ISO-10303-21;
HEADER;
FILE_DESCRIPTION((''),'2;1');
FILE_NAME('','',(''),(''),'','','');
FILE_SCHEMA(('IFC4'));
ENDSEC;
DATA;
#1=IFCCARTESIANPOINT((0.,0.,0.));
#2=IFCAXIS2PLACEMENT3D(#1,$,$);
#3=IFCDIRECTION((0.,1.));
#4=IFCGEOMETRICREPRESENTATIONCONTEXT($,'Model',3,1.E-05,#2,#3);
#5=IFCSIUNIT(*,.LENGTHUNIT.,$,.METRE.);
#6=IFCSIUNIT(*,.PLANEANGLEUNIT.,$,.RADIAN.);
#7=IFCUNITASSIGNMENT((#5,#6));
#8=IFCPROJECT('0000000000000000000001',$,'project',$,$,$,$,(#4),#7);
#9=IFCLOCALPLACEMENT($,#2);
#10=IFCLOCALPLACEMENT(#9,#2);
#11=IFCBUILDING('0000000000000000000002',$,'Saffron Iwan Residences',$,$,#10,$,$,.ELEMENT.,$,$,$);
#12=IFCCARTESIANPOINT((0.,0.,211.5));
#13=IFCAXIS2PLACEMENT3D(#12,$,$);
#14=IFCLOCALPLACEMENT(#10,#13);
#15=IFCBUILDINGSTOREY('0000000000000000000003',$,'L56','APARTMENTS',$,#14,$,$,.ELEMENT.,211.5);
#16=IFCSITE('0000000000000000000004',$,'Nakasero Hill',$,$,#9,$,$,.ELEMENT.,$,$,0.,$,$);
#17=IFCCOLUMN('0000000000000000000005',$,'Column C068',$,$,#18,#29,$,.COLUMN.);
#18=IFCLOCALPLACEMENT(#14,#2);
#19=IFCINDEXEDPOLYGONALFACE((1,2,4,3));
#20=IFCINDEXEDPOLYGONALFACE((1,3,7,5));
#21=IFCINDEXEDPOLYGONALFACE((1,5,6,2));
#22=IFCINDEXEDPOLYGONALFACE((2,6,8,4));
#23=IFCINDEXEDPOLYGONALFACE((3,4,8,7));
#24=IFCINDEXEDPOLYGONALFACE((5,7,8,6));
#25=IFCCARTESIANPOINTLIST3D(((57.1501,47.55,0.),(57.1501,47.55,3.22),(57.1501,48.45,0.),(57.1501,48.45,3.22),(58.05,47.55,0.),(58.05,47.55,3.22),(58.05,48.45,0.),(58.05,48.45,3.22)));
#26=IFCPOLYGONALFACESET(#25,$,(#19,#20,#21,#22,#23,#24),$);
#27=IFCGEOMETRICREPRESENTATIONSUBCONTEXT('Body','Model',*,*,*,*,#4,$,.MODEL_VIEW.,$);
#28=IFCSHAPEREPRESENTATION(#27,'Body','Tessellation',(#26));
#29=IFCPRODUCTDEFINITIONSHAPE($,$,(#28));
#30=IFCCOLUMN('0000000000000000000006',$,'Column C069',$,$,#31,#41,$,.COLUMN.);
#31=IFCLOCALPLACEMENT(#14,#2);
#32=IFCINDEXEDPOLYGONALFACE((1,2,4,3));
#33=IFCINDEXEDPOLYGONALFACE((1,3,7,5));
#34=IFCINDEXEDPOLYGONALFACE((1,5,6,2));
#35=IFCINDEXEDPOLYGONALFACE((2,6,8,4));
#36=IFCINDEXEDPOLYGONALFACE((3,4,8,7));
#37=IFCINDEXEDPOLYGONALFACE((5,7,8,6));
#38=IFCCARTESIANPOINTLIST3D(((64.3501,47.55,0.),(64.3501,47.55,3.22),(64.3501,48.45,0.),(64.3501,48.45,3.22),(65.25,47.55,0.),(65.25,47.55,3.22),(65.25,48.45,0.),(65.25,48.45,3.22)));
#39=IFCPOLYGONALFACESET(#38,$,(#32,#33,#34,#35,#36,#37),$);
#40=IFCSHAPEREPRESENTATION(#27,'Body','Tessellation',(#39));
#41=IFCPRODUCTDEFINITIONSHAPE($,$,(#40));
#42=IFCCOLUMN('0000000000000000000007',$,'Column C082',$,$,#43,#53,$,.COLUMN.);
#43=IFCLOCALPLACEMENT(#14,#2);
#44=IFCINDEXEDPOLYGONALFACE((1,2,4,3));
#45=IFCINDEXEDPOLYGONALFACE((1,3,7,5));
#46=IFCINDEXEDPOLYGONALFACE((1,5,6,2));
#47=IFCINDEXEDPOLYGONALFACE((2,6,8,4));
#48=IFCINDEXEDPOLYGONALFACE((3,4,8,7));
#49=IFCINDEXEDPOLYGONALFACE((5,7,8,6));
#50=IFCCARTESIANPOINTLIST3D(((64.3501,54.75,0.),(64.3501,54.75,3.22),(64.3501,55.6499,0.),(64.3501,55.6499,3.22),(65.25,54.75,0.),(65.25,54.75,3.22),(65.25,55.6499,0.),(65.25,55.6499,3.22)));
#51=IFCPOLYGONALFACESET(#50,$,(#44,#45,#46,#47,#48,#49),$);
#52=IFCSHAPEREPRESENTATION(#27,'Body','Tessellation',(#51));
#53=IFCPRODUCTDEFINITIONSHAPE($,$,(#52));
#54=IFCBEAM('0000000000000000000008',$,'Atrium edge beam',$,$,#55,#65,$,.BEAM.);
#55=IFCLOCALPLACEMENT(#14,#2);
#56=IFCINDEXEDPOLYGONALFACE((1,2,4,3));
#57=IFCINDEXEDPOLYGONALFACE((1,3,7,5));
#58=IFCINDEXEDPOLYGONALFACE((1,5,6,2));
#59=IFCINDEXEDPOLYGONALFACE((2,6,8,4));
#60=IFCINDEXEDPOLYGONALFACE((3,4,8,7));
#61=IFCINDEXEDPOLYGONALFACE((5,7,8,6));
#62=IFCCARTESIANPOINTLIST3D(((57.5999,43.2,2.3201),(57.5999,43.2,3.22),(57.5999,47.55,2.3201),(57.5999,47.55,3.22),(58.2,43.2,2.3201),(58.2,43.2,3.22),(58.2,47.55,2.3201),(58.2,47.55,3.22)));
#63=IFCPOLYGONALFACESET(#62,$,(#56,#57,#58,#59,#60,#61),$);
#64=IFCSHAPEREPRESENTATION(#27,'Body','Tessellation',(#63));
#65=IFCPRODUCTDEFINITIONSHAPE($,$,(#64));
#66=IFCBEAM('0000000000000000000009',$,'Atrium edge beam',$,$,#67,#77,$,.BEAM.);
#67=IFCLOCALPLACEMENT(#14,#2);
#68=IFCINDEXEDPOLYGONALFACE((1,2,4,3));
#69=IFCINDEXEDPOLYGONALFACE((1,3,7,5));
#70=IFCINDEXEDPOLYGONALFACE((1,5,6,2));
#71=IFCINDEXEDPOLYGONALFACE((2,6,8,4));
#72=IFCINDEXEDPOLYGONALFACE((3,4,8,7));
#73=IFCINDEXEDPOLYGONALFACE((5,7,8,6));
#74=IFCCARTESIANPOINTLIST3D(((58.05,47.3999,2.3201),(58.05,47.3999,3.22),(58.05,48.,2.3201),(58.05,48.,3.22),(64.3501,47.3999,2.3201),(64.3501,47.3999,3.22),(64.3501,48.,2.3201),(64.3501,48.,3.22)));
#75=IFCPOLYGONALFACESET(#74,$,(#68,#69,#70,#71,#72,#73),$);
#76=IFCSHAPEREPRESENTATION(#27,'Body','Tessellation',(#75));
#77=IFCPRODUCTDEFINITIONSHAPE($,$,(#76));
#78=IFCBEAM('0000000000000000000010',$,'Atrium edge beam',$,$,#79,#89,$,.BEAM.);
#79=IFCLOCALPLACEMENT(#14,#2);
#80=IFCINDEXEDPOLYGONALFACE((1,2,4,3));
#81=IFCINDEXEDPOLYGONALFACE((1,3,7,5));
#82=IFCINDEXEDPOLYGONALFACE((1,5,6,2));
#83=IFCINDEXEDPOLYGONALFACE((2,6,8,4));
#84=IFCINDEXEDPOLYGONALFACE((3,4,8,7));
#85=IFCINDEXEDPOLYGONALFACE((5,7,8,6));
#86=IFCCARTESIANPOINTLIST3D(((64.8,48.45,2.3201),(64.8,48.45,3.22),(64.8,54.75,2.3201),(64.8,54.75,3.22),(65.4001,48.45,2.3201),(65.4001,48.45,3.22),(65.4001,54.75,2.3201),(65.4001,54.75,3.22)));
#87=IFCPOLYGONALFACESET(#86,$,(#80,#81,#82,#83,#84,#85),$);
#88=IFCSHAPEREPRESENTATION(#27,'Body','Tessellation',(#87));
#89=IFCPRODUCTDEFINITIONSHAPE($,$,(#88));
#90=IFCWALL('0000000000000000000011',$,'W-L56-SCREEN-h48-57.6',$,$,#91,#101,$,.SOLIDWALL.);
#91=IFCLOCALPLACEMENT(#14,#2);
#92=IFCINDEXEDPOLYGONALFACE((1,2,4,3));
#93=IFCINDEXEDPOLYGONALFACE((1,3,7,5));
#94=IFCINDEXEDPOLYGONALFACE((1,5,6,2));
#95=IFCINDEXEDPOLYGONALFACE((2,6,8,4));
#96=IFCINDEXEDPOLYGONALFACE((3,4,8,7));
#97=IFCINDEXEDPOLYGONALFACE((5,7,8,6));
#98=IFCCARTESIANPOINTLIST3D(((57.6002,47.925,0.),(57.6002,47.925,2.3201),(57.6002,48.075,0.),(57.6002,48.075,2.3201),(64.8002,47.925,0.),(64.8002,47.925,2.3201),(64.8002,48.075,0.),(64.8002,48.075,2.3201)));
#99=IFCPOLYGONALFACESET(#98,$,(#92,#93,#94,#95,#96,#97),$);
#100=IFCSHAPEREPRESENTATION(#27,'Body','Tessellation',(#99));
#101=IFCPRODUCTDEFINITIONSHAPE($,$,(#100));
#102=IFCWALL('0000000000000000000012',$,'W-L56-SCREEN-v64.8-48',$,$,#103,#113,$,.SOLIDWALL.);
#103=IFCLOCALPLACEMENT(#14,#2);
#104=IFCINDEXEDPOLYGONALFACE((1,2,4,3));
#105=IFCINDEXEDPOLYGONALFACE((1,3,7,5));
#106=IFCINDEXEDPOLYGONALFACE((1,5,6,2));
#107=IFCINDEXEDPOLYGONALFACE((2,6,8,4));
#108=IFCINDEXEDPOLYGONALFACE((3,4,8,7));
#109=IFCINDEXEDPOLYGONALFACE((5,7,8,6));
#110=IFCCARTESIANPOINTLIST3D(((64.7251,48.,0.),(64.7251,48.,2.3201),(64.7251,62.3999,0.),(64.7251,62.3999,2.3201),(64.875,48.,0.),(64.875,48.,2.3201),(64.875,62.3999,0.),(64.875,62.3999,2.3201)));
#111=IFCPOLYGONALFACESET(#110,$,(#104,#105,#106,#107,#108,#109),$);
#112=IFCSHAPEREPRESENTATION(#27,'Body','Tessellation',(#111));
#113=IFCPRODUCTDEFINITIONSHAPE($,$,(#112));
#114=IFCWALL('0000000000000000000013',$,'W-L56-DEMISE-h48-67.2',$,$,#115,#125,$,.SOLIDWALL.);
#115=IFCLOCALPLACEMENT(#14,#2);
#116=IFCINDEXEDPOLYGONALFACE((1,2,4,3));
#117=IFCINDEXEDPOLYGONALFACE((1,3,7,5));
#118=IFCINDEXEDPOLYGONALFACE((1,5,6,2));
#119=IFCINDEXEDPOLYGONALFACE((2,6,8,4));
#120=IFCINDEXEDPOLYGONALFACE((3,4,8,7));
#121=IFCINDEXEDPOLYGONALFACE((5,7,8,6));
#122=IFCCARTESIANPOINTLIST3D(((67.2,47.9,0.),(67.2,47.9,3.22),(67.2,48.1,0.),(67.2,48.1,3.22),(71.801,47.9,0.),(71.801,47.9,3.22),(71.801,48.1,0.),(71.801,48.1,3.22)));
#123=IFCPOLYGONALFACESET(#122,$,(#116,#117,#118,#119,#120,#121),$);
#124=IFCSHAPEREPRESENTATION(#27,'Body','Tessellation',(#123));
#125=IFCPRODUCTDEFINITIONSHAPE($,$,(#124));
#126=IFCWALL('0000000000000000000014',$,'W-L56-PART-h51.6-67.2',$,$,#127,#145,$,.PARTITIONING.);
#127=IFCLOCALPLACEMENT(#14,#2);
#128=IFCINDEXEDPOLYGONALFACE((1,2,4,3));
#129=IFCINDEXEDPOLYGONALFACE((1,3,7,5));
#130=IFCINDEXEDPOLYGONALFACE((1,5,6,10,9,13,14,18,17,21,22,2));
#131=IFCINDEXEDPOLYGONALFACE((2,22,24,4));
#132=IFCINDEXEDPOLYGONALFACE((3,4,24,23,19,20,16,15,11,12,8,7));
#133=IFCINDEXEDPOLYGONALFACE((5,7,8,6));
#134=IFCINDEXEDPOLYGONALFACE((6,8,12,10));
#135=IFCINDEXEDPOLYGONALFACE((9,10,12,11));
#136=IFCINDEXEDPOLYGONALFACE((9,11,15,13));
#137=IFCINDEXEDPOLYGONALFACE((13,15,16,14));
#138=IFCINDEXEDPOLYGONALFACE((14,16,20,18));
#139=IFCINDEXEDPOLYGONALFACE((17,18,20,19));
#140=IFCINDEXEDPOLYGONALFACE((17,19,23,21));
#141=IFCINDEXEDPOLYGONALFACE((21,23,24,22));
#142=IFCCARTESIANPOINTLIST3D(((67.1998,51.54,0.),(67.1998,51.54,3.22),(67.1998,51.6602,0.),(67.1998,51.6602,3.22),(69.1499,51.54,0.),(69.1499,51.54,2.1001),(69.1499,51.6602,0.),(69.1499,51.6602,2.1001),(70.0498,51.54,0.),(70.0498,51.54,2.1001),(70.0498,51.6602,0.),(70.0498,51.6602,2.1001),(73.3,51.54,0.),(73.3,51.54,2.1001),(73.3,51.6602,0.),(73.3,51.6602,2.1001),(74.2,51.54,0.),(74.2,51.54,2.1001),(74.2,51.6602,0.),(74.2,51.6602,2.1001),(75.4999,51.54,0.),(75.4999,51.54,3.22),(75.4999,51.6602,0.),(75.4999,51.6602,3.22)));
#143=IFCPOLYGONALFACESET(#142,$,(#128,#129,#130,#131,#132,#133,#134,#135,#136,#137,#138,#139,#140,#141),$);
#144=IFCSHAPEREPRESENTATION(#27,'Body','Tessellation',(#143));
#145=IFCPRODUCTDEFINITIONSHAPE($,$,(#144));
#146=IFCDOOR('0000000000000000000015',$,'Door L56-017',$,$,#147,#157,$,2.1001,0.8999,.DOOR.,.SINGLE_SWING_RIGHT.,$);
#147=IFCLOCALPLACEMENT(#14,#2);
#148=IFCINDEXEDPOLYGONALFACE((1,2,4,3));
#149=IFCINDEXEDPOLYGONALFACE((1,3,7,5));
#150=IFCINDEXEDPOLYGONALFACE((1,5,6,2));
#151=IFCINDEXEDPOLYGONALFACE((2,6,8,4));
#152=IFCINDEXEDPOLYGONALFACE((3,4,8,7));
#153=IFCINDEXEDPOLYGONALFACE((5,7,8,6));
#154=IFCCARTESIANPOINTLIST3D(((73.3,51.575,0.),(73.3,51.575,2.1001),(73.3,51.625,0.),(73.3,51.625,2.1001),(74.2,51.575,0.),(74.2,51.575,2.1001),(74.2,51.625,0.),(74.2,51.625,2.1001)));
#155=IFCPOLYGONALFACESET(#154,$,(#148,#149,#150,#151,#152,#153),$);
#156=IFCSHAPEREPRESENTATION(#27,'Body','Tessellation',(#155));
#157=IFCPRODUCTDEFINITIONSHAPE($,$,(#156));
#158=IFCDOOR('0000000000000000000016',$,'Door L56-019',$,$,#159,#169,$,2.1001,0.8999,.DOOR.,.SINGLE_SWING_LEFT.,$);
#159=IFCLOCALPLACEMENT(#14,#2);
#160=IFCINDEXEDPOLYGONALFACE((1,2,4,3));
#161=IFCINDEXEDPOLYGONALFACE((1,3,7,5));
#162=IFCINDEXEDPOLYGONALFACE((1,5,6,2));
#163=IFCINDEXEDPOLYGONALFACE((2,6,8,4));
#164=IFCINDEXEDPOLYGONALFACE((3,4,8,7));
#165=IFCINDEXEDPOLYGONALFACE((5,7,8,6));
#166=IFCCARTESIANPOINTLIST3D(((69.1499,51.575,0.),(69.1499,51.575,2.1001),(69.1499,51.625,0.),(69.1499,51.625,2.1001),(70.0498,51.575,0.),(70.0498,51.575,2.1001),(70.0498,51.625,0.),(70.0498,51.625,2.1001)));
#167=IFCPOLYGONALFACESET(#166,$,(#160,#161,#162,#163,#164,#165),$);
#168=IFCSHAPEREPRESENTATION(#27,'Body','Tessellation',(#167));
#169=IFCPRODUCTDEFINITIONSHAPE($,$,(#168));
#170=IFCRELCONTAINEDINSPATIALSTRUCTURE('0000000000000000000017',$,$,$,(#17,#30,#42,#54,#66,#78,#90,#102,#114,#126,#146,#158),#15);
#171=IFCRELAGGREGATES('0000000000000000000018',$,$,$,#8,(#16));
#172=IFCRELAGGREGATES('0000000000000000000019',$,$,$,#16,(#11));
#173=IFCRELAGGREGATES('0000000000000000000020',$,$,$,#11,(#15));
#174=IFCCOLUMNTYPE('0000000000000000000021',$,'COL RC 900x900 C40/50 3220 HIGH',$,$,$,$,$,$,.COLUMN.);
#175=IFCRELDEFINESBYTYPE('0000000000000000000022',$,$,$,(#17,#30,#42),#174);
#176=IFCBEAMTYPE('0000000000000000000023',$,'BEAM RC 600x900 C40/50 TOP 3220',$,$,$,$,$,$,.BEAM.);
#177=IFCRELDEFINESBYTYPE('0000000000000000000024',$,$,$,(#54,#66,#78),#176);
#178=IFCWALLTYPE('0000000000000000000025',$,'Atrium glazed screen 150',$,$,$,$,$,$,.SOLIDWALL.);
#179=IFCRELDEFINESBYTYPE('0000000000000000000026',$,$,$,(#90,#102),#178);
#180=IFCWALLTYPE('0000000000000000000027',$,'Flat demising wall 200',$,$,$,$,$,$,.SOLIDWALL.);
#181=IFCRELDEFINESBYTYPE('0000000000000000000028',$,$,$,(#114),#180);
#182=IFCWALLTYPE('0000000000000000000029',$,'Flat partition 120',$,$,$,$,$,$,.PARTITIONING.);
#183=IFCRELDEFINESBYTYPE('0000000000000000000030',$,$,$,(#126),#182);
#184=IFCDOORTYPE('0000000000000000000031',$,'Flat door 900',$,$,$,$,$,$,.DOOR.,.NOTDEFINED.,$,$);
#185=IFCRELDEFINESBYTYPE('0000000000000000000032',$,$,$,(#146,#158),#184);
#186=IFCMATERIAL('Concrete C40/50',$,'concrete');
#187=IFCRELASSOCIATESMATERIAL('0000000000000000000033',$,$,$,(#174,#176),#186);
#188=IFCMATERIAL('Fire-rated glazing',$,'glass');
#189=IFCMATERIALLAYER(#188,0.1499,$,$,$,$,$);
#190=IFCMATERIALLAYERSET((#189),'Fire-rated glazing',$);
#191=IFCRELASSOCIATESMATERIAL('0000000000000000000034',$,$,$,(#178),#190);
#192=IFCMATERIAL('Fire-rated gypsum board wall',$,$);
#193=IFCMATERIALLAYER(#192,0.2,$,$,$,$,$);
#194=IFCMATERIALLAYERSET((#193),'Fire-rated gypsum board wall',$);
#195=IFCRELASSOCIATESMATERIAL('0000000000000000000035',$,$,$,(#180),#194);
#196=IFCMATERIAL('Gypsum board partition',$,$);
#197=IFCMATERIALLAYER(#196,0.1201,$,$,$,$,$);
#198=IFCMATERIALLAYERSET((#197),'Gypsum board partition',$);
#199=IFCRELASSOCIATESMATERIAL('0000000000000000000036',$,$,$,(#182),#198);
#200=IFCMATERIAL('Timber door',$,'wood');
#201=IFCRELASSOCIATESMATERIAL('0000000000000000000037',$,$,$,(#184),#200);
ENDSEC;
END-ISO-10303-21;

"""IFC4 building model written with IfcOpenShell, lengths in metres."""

from ifc_helpers import new_model, si_unit, direction, frame, frame_2d, origin, origin_2d, place, context, subcontext, project, spatial, rectangle, extrude, source, transform, mapped, material, layer, layer_set, material_profile, profile_set, type_object, element, fill, save


model = new_model("IFC4")

# Units and contexts
model_context = context("Model", 3, precision=1e-05, world=origin(), true_north=direction((0.0, 1.0)))
body_context = subcontext(model_context, "Body", "Model", "MODEL_VIEW")
ifc_project = project(units=[si_unit("LENGTHUNIT", "METRE"), si_unit("PLANEANGLEUNIT", "RADIAN")], contexts=[model_context])

# Site, building, storey
site_placement = place(None, origin())
site = spatial("IfcSite", under=ifc_project, at=site_placement, Name="Nakasero Hill", CompositionType="ELEMENT", RefElevation=0.0)
building_placement = place(site_placement, origin())
building = spatial("IfcBuilding", under=site, at=building_placement, Name="Saffron Iwan Residences", CompositionType="ELEMENT")
storey_placement = place(building_placement, frame((0.0, 0.0, 211.5)))
storey = spatial("IfcBuildingStorey", under=building, at=storey_placement, Name="L56", Description="APARTMENTS", CompositionType="ELEMENT", Elevation=211.5)

# Columns
ifc_material_1 = material(Name="Concrete C40/50", Category="concrete")
ifc_material_profile_1 = material_profile(ifc_material_1, rectangle(XDim=0.8999, YDim=0.8999, at=origin_2d()), Name="RC 900x900")
ifc_profile_set_1 = profile_set([ifc_material_profile_1], Name="Concrete C40/50")
column_type = type_object("IfcColumnType", Name="COL RC 900x900 C40/50 3220 HIGH", PredefinedType="COLUMN", material=ifc_profile_set_1)
shared_shape_1 = source(origin(), body_context, "Body", "SweptSolid", [
    extrude(rectangle(XDim=0.8999, YDim=0.8999, at=origin_2d()), origin(), (0.0, 0.0, 1.0), 3.22),
])
for number, where, z_axis, x_axis, name in (
    (1, (57.6001, 48.0, 0.0), (0.0, 0.0, 1.0), (1.0, 0.0, 0.0), "Column C068"),
    (2, (64.8, 48.0, 0.0), (0.0, 0.0, 1.0), (1.0, 0.0, 0.0), "Column C069"),
    (3, (64.8, 55.2, 0.0), (0.0, 0.0, 1.0), (1.0, 0.0, 0.0), "Column C082"),
):
    element("IfcColumn", number, at=place(storey_placement, frame(where, z_axis=z_axis, x_axis=x_axis)), inside=storey, type_object=column_type, Name=name, PredefinedType="COLUMN", context=body_context, shape_type="MappedRepresentation", body=[
        mapped(shared_shape_1, transform((0.0, 0.0, 0.0))),
    ])

# Beams
ifc_material_profile_2 = material_profile(ifc_material_1, rectangle(XDim=0.6001, YDim=0.8999, at=origin_2d()), Name="RC 600x900")
ifc_profile_set_2 = profile_set([ifc_material_profile_2], Name="Concrete C40/50")
beam_type = type_object("IfcBeamType", Name="BEAM RC 600x900 C40/50 TOP 3220", PredefinedType="BEAM", material=ifc_profile_set_2)
shared_shape_2 = source(origin(), body_context, "Body", "SweptSolid", [
    extrude(rectangle(XDim=0.6001, YDim=0.8999, at=origin_2d()), origin(), (0.0, 0.0, 1.0), 4.3501),
])
beam_placement = place(storey_placement, frame((57.8999, 47.55, 2.77), z_axis=(0.0, -1.0, 0.0), x_axis=(1.0, 0.0, 0.0)))
element("IfcBeam", 4, at=beam_placement, inside=storey, type_object=beam_type, Name="Atrium edge beam", PredefinedType="BEAM", context=body_context, shape_type="MappedRepresentation", body=[
    mapped(shared_shape_2, transform((0.0, 0.0, 0.0))),
])
shared_shape_3 = source(origin(), body_context, "Body", "SweptSolid", [
    extrude(rectangle(XDim=0.6001, YDim=0.8999, at=origin_2d()), origin(), (0.0, 0.0, 1.0), 6.3),
])
for number, where, z_axis, x_axis, name in (
    (5, (64.3501, 47.7, 2.77), (-1.0, 0.0, 0.0), (0.0, -1.0, 0.0), "Atrium edge beam"),
    (6, (65.1001, 54.75, 2.77), (0.0, -1.0, 0.0), (1.0, 0.0, 0.0), "Atrium edge beam"),
):
    element("IfcBeam", number, at=place(storey_placement, frame(where, z_axis=z_axis, x_axis=x_axis)), inside=storey, type_object=beam_type, Name=name, PredefinedType="BEAM", context=body_context, shape_type="MappedRepresentation", body=[
        mapped(shared_shape_3, transform((0.0, 0.0, 0.0))),
    ])

# Walls
ifc_material_2 = material(Name="Fire-rated glazing", Category="glass")
ifc_layer_1 = layer(ifc_material_2, 0.1499)
ifc_layer_set_1 = layer_set([ifc_layer_1], Name="Fire-rated glazing")
wall_type_1 = type_object("IfcWallType", Name="Atrium glazed screen 150", PredefinedType="SOLIDWALL", material=ifc_layer_set_1)
wall_1_placement = place(storey_placement, frame((57.6001, 48.0, 0.0), z_axis=(0.0, 0.0, 1.0), x_axis=(1.0, 0.0, 0.0)))
element("IfcWall", 7, at=wall_1_placement, inside=storey, type_object=wall_type_1, Name="W-L56-SCREEN-h48-57.6", PredefinedType="SOLIDWALL", context=body_context, shape_type="SweptSolid", body=[
    extrude(rectangle(XDim=7.2, YDim=0.1499, at=frame_2d((3.6001, 0.0))), origin(), (0.0, 0.0, 1.0), 2.3201),
])
wall_2_placement = place(storey_placement, frame((64.8, 48.0, 0.0), z_axis=(0.0, 0.0, 1.0), x_axis=(0.0, 1.0, 0.0)))
element("IfcWall", 8, at=wall_2_placement, inside=storey, type_object=wall_type_1, Name="W-L56-SCREEN-v64.8-48", PredefinedType="SOLIDWALL", context=body_context, shape_type="SweptSolid", body=[
    extrude(rectangle(XDim=14.3999, YDim=0.1499, at=frame_2d((7.2, 0.0))), origin(), (0.0, 0.0, 1.0), 2.3201),
])
ifc_material_3 = material(Name="Fire-rated gypsum board wall")
ifc_layer_2 = layer(ifc_material_3, 0.2)
ifc_layer_set_2 = layer_set([ifc_layer_2], Name="Fire-rated gypsum board wall")
wall_type_2 = type_object("IfcWallType", Name="Flat demising wall 200", PredefinedType="SOLIDWALL", material=ifc_layer_set_2)
wall_3_placement = place(storey_placement, frame((67.2, 48.0, 0.0), z_axis=(0.0, 0.0, 1.0), x_axis=(1.0, 0.0, 0.0)))
element("IfcWall", 9, at=wall_3_placement, inside=storey, type_object=wall_type_2, Name="W-L56-DEMISE-h48-67.2", PredefinedType="SOLIDWALL", context=body_context, shape_type="SweptSolid", body=[
    extrude(rectangle(XDim=4.6011, YDim=0.2, at=frame_2d((2.3005, 0.0))), origin(), (0.0, 0.0, 1.0), 3.22),
])

# Wall, openings, doors
ifc_material_4 = material(Name="Gypsum board partition")
ifc_layer_3 = layer(ifc_material_4, 0.1201)
ifc_layer_set_3 = layer_set([ifc_layer_3], Name="Gypsum board partition")
wall_type_3 = type_object("IfcWallType", Name="Flat partition 120", PredefinedType="PARTITIONING", material=ifc_layer_set_3)
wall_4_placement = place(storey_placement, frame((67.2, 51.6001, 0.0), z_axis=(0.0, 0.0, 1.0), x_axis=(1.0, 0.0, 0.0)))
wall_4 = element("IfcWall", 10, at=wall_4_placement, inside=storey, type_object=wall_type_3, Name="W-L56-PART-h51.6-67.2", PredefinedType="PARTITIONING", context=body_context, shape_type="SweptSolid", body=[
    extrude(rectangle(XDim=8.3, YDim=0.1201, at=frame_2d((4.1499, 0.0))), origin(), (0.0, 0.0, 1.0), 3.22),
])
opening_1_placement = place(wall_4_placement, frame((6.1001, 0.0, 0.0)))
opening_1 = element("IfcOpeningElement", 11, at=opening_1_placement, cuts=wall_4, PredefinedType="OPENING", context=body_context, shape_type="SweptSolid", body=[
    extrude(rectangle(XDim=0.8999, YDim=2.1001, at=frame_2d((0.45, 1.05))), frame((0.0, 0.0701, 0.0), z_axis=(0.0, -1.0, 0.0), x_axis=(1.0, 0.0, 0.0)), (0.0, 0.0, 1.0), 0.1401),
])
opening_2_placement = place(wall_4_placement, frame((1.95, 0.0, 0.0)))
opening_2 = element("IfcOpeningElement", 12, at=opening_2_placement, cuts=wall_4, PredefinedType="OPENING", context=body_context, shape_type="SweptSolid", body=[
    extrude(rectangle(XDim=0.8999, YDim=2.1001, at=frame_2d((0.45, 1.05))), frame((0.0, 0.0701, 0.0), z_axis=(0.0, -1.0, 0.0), x_axis=(1.0, 0.0, 0.0)), (0.0, 0.0, 1.0), 0.1401),
])
ifc_material_5 = material(Name="Timber door", Category="wood")
door_type = type_object("IfcDoorType", Name="Flat door 900", OperationType="NOTDEFINED", PredefinedType="DOOR", material=ifc_material_5)
door_1_placement = place(opening_1_placement, origin())
door_1 = element("IfcDoor", 13, at=door_1_placement, inside=storey, type_object=door_type, Name="Door L56-017", OperationType="SINGLE_SWING_RIGHT", OverallHeight=2.1001, OverallWidth=0.8999, PredefinedType="DOOR", context=body_context, shape_type="SweptSolid", body=[
    extrude(rectangle(XDim=0.8999, YDim=2.1001, at=frame_2d((0.45, 1.05))), frame((0.0, 0.0249, 0.0), z_axis=(0.0, -1.0, 0.0), x_axis=(1.0, 0.0, 0.0)), (0.0, 0.0, 1.0), 0.05),
])
fill(opening_1, door_1)
door_2_placement = place(opening_2_placement, origin())
door_2 = element("IfcDoor", 14, at=door_2_placement, inside=storey, type_object=door_type, Name="Door L56-019", OperationType="SINGLE_SWING_LEFT", OverallHeight=2.1001, OverallWidth=0.8999, PredefinedType="DOOR", context=body_context, shape_type="SweptSolid", body=[
    extrude(rectangle(XDim=0.8999, YDim=2.1001, at=frame_2d((0.45, 1.05))), frame((0.0, 0.0249, 0.0), z_axis=(0.0, -1.0, 0.0), x_axis=(1.0, 0.0, 0.0)), (0.0, 0.0, 1.0), 0.05),
])
fill(opening_2, door_2)

save(model, "model.ifc")
